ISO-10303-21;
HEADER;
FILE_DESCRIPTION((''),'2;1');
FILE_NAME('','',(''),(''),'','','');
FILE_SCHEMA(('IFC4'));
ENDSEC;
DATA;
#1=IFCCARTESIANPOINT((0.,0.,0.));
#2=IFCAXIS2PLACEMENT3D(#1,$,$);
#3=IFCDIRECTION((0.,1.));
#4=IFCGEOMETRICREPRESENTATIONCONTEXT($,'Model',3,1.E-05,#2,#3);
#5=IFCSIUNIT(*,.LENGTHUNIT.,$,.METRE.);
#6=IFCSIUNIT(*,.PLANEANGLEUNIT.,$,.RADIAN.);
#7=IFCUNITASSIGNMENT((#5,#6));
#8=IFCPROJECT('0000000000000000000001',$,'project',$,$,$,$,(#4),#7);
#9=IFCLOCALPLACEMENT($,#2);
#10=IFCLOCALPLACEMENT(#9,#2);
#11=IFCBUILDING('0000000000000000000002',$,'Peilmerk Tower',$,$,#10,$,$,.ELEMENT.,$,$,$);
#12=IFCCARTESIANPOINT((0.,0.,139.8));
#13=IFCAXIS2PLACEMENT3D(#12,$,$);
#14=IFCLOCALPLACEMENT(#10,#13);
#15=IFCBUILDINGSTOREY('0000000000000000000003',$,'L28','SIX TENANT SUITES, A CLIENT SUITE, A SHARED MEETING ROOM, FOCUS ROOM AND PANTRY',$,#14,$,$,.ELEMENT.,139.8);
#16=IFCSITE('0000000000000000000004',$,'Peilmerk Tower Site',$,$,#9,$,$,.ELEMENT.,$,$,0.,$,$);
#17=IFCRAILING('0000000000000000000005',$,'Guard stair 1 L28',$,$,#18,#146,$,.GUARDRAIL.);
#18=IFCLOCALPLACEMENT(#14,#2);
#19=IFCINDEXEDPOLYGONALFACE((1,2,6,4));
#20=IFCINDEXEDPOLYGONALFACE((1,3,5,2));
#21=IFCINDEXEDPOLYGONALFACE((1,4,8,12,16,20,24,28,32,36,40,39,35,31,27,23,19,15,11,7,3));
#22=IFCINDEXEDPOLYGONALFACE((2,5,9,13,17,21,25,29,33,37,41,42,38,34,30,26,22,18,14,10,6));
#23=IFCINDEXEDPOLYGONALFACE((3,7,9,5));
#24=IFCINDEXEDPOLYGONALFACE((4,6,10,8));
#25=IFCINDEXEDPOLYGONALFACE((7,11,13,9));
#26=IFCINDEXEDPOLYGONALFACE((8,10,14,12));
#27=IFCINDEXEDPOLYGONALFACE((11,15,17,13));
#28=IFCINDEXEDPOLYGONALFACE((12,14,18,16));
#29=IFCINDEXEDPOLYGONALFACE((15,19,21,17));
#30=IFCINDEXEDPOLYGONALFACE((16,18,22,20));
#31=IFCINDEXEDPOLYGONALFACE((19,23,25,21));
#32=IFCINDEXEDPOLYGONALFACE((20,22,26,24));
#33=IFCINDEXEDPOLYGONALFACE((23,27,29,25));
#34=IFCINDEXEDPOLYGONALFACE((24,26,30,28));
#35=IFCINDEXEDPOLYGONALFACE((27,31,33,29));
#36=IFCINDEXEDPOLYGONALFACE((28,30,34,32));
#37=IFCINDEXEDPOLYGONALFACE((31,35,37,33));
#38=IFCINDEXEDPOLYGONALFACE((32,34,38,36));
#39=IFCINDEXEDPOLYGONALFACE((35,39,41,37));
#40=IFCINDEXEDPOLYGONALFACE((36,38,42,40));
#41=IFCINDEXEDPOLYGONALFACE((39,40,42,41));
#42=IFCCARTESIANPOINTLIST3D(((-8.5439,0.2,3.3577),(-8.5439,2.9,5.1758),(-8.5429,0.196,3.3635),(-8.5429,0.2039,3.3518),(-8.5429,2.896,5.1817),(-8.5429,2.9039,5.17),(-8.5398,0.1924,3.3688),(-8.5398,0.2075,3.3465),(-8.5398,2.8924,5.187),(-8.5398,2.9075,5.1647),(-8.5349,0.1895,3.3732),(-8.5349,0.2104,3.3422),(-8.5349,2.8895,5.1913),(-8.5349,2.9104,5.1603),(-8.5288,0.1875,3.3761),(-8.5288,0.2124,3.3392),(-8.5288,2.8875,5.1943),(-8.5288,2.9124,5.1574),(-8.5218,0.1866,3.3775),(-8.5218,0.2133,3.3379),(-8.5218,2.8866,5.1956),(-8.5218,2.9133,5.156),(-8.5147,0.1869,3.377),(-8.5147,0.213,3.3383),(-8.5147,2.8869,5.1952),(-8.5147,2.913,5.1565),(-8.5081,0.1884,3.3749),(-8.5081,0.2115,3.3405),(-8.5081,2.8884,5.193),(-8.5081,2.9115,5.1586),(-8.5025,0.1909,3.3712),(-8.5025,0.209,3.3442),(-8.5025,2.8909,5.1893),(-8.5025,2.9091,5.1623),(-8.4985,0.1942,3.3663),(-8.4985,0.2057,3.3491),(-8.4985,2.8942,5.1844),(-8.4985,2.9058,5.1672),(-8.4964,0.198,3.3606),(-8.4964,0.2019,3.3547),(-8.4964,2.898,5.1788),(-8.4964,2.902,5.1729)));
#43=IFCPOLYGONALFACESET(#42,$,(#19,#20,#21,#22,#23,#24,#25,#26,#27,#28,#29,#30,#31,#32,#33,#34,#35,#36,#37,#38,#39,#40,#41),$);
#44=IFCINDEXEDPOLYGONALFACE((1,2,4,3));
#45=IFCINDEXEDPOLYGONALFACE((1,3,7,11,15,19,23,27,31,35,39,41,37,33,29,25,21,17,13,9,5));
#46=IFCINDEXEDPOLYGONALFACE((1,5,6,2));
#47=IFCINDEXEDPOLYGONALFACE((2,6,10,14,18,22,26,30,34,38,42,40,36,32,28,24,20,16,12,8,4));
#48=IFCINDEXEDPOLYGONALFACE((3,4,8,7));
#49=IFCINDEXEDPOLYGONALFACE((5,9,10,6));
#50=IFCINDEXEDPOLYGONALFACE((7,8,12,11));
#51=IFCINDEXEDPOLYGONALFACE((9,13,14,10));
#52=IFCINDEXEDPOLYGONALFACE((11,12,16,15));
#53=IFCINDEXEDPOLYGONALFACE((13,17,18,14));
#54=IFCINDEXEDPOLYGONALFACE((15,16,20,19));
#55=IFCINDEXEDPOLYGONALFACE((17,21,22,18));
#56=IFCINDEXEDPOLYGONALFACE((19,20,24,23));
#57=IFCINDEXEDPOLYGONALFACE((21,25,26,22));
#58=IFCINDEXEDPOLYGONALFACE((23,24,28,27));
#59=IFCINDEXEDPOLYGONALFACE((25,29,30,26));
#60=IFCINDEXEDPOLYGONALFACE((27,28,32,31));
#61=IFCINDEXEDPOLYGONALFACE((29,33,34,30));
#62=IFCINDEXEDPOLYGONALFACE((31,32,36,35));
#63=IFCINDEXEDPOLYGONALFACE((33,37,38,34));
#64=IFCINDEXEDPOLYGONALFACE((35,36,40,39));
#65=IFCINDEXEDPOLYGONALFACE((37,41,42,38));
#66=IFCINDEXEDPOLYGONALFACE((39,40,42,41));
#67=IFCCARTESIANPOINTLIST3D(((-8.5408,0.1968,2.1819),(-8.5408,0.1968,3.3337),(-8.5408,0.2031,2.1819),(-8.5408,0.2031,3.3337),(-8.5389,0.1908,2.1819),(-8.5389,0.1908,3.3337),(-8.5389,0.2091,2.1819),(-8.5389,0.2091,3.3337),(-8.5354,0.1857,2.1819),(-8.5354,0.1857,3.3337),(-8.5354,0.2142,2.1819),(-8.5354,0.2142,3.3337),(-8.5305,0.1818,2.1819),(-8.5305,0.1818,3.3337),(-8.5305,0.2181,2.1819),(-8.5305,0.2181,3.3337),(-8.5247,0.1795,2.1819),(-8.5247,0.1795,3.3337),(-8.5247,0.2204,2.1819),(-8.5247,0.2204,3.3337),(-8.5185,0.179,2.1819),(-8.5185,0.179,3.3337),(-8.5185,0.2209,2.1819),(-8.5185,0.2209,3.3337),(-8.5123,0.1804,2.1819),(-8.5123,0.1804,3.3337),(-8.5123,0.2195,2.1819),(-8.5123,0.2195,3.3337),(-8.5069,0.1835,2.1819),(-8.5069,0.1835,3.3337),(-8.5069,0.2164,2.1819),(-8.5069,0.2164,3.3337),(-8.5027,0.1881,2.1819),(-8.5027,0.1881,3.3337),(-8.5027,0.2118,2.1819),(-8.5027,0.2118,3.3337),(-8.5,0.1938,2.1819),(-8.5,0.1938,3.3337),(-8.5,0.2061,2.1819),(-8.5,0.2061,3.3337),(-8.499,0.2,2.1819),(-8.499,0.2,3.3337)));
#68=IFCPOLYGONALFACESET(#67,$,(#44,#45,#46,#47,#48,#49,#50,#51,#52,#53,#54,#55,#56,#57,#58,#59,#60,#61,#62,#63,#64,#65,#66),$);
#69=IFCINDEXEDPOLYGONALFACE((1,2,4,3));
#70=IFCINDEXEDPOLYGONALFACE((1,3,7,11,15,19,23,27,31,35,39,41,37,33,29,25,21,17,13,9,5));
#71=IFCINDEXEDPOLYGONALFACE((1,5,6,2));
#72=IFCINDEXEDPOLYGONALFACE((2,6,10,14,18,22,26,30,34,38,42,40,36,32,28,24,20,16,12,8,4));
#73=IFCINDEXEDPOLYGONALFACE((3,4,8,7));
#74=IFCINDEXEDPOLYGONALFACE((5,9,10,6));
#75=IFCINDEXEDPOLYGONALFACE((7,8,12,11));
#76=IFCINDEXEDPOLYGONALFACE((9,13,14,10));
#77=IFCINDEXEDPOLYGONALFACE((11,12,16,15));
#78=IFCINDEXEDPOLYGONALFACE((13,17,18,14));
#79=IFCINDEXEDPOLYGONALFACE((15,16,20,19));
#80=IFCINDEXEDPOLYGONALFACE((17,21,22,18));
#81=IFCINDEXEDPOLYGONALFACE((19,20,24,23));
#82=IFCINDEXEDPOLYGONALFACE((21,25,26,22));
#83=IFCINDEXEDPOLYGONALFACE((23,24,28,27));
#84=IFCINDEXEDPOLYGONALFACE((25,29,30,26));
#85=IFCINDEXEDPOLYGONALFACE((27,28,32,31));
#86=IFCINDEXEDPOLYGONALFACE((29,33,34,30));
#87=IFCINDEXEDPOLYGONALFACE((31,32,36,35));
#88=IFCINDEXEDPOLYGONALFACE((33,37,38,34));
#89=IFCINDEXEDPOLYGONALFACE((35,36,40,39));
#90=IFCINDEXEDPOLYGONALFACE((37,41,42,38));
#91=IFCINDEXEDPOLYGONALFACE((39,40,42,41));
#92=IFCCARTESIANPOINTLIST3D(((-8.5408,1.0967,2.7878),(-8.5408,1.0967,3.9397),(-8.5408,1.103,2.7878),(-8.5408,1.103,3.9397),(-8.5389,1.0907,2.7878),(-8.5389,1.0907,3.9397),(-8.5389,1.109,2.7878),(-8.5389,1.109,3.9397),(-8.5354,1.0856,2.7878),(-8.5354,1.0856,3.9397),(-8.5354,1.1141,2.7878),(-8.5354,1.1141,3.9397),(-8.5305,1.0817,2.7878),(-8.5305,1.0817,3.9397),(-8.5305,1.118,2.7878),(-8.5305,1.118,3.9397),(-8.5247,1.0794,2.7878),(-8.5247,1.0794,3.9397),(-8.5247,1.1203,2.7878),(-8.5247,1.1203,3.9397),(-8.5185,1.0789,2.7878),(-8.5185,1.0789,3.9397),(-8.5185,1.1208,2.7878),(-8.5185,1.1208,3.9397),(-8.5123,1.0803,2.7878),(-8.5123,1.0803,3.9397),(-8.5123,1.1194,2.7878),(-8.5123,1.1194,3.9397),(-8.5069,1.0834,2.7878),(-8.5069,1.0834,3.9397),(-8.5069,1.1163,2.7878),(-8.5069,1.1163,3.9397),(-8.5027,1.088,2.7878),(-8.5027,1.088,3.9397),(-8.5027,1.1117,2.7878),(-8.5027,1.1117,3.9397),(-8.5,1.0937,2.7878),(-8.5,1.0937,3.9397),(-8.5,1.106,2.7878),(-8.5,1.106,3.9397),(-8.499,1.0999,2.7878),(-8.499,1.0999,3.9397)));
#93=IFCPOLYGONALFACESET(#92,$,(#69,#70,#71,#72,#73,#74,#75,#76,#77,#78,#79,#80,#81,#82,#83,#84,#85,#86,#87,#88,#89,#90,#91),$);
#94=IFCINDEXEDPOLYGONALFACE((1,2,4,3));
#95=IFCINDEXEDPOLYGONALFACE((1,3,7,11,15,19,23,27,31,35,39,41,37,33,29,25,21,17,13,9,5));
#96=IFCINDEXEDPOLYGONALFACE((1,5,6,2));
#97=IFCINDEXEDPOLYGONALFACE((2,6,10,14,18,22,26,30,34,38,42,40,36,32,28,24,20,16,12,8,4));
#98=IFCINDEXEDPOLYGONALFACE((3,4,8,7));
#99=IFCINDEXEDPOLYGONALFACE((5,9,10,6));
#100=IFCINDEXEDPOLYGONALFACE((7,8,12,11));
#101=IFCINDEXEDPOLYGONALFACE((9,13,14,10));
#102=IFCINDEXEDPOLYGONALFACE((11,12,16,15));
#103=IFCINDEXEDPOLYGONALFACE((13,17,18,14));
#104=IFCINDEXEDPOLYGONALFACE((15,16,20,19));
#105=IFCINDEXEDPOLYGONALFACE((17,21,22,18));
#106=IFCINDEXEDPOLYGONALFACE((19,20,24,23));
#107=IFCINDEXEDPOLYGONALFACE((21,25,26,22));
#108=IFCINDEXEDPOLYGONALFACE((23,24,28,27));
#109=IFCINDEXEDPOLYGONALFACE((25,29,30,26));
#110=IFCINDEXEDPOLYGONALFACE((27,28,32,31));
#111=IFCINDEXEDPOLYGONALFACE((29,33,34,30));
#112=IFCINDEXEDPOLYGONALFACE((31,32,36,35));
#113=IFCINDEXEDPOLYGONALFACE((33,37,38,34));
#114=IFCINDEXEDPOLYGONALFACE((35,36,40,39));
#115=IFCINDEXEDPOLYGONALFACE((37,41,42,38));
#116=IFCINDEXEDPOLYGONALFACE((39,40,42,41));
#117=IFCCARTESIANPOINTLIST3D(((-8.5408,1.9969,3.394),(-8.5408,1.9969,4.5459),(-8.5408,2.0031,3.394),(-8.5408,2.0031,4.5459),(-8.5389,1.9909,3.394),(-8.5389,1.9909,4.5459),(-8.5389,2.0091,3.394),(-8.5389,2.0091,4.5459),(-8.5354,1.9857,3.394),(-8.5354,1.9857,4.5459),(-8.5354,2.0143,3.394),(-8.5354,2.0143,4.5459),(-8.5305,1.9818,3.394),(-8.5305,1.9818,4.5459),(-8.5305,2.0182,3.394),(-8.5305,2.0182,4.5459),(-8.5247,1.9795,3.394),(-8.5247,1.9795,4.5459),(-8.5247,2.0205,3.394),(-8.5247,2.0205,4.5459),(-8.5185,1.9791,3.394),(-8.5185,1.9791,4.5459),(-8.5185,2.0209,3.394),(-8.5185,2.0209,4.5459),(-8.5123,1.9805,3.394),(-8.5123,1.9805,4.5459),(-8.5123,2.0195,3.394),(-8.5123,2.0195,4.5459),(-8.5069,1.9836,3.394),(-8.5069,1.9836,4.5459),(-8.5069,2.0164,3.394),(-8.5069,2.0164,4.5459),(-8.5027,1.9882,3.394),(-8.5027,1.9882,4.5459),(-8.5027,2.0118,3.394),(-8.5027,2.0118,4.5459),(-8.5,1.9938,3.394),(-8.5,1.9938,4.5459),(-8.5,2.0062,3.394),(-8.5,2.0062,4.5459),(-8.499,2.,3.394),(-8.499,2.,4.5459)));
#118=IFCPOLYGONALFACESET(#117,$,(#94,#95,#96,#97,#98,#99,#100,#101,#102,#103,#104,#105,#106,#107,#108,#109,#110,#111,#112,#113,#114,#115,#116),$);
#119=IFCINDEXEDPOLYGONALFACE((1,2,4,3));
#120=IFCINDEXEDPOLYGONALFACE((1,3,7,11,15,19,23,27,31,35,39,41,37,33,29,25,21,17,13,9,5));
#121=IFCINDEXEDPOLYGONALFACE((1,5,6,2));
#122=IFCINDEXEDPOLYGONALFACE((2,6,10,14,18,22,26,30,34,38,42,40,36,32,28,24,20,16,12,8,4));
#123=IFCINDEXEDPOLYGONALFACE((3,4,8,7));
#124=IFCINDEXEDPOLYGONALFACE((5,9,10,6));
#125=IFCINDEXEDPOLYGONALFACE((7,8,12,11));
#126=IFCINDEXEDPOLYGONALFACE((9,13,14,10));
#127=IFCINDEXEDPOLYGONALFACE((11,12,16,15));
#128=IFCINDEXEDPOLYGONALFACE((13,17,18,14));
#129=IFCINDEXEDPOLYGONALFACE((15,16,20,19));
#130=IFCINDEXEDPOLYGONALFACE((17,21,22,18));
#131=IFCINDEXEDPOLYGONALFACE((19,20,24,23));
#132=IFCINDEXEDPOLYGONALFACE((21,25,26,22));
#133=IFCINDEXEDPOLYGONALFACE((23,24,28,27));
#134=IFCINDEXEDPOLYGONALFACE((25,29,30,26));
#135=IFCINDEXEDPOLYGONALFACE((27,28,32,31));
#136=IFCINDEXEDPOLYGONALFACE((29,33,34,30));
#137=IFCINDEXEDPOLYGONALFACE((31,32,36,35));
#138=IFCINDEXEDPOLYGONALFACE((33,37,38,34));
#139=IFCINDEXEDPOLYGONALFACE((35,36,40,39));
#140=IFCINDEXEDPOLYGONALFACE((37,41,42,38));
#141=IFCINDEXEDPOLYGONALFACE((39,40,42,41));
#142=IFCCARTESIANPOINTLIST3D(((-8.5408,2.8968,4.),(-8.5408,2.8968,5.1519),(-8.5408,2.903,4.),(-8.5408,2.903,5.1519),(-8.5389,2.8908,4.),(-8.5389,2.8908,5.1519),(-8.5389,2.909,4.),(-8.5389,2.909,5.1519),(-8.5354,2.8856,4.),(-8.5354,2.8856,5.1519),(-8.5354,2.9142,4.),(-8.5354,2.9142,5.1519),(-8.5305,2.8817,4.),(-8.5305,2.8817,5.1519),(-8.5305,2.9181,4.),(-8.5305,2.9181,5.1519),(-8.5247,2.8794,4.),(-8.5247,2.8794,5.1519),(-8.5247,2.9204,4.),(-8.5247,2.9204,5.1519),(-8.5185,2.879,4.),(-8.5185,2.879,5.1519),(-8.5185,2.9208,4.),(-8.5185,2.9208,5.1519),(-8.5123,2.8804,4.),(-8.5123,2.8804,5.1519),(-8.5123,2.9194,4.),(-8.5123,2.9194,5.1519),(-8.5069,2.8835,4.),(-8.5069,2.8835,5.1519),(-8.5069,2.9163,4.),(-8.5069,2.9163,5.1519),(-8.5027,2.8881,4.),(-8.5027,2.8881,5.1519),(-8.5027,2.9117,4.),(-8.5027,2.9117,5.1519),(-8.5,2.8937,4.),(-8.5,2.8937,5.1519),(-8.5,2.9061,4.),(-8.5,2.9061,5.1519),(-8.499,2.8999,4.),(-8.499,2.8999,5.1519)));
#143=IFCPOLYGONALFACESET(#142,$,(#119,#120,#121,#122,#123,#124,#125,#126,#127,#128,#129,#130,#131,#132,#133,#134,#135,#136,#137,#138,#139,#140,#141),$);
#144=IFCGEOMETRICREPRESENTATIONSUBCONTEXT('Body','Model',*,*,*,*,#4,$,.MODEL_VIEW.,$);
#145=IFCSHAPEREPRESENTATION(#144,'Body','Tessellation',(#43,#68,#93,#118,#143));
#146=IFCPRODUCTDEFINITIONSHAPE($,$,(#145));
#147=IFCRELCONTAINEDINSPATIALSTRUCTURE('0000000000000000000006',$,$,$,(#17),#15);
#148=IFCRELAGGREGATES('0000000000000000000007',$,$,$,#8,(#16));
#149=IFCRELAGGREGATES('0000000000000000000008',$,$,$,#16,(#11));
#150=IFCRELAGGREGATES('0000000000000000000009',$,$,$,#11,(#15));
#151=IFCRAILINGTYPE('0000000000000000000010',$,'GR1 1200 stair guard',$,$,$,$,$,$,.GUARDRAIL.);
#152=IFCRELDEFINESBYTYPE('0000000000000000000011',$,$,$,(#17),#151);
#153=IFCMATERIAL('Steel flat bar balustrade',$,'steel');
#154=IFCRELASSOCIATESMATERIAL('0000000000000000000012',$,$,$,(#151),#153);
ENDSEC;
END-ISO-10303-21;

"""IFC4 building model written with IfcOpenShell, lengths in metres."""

from ifc_helpers import new_model, si_unit, direction, frame, origin, origin_2d, place, context, subcontext, project, spatial, circle, extrude, material, type_object, element, save


model = new_model("IFC4")

# Units and contexts
model_context = context("Model", 3, precision=1e-05, world=origin(), true_north=direction((0.0, 1.0)))
body_context = subcontext(model_context, "Body", "Model", "MODEL_VIEW")
ifc_project = project(units=[si_unit("LENGTHUNIT", "METRE"), si_unit("PLANEANGLEUNIT", "RADIAN")], contexts=[model_context])

# Site, building, storey
site_placement = place(None, origin())
site = spatial("IfcSite", under=ifc_project, at=site_placement, Name="Peilmerk Tower Site", CompositionType="ELEMENT", RefElevation=0.0)
building_placement = place(site_placement, origin())
building = spatial("IfcBuilding", under=site, at=building_placement, Name="Peilmerk Tower", CompositionType="ELEMENT")
storey_placement = place(building_placement, frame((0.0, 0.0, 139.8)))
storey = spatial("IfcBuildingStorey", under=building, at=storey_placement, Name="L28", Description="SIX TENANT SUITES, A CLIENT SUITE, A SHARED MEETING ROOM, FOCUS ROOM AND PANTRY", CompositionType="ELEMENT", Elevation=139.8)

# Railing
ifc_material_1 = material(Name="Steel flat bar balustrade", Category="steel")
railing_type_1 = type_object("IfcRailingType", Name="GR1 1200 stair guard", PredefinedType="GUARDRAIL", material=ifc_material_1)
railing_1_placement = place(storey_placement, frame((-8.52, 0.2, 2.1819)))
element("IfcRailing", 1, at=railing_1_placement, inside=storey, type_object=railing_type_1, Name="Guard stair 1 L28", PredefinedType="GUARDRAIL", context=body_context, shape_type="SweptSolid", body=[
    extrude(circle(Radius=0.0239, at=origin_2d()), frame((0.0, 0.0, 1.1758), z_axis=(0.0, 0.829468, 0.558554), x_axis=(-1.0, 0.0, 0.0)), (0.0, 0.0, 1.0), 3.2551),
    extrude(circle(Radius=0.021, at=origin_2d()), origin(), (0.0, 0.0, 1.0), 1.1519),
    extrude(circle(Radius=0.021, at=origin_2d()), frame((0.0, 0.8999, 0.606)), (0.0, 0.0, 1.0), 1.1519),
    extrude(circle(Radius=0.021, at=origin_2d()), frame((0.0, 1.8, 1.2122)), (0.0, 0.0, 1.0), 1.1519),
    extrude(circle(Radius=0.021, at=origin_2d()), frame((0.0, 2.7, 1.8181)), (0.0, 0.0, 1.0), 1.1519),
])

save(model, "model.ifc")
